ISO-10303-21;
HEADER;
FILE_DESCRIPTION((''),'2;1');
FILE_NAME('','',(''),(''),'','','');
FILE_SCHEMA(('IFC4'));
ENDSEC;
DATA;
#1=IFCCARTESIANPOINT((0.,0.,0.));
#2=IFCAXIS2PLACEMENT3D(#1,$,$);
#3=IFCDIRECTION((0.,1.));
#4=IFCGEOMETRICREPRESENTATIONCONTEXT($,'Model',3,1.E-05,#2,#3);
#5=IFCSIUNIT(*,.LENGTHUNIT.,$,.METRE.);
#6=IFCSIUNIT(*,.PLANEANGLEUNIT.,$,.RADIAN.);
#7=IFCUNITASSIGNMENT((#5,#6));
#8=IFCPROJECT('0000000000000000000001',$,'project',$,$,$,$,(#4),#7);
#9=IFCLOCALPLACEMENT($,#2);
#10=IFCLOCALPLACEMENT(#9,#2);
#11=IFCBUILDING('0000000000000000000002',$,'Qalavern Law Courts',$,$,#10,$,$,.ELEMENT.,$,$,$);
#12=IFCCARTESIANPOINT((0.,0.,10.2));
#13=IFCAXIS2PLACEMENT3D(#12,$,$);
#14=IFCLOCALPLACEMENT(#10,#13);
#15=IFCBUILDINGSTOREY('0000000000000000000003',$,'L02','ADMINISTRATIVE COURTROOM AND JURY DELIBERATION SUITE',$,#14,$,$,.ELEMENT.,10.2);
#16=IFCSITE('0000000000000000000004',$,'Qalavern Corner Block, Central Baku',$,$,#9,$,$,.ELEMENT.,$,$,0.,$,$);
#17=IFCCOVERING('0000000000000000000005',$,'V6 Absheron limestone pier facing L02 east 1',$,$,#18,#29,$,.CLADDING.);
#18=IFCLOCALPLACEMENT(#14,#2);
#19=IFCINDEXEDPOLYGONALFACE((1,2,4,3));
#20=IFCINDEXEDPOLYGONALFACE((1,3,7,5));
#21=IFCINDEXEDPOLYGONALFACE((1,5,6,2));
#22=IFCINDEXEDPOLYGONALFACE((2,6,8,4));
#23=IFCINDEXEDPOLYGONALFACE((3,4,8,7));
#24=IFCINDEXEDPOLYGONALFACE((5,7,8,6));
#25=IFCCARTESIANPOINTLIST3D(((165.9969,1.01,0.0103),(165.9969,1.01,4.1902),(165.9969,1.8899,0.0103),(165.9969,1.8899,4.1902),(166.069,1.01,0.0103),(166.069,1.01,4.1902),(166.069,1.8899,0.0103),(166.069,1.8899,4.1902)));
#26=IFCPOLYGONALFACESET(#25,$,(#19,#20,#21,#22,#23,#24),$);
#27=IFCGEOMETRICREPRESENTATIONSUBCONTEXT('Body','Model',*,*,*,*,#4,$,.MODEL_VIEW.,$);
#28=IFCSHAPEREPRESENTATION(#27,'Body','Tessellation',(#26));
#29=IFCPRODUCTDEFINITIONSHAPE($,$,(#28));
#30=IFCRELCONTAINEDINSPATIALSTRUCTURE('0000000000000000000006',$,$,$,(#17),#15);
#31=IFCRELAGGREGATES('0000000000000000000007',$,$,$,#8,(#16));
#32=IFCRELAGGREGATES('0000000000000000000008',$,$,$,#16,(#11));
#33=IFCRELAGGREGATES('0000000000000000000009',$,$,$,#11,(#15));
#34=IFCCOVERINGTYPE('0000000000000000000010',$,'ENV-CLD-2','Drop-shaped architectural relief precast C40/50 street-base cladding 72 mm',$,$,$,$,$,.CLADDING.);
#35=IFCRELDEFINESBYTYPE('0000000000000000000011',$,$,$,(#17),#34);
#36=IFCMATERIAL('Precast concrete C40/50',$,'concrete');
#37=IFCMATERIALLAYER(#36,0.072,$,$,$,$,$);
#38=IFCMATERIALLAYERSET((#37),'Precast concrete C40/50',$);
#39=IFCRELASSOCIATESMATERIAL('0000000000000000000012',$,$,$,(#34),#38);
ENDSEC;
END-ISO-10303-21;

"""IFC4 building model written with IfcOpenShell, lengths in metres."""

from ifc_helpers import new_model, si_unit, direction, frame, origin, origin_2d, place, context, subcontext, project, spatial, rectangle, extrude, material, layer, layer_set, type_object, element, save


model = new_model("IFC4")

# Units and contexts
model_context = context("Model", 3, precision=1e-05, world=origin(), true_north=direction((0.0, 1.0)))
body_context = subcontext(model_context, "Body", "Model", "MODEL_VIEW")
ifc_project = project(units=[si_unit("LENGTHUNIT", "METRE"), si_unit("PLANEANGLEUNIT", "RADIAN")], contexts=[model_context])

# Site, building, storey
site_placement = place(None, origin())
site = spatial("IfcSite", under=ifc_project, at=site_placement, Name="Qalavern Corner Block, Central Baku", CompositionType="ELEMENT", RefElevation=0.0)
building_placement = place(site_placement, origin())
building = spatial("IfcBuilding", under=site, at=building_placement, Name="Qalavern Law Courts", CompositionType="ELEMENT")
storey_placement = place(building_placement, frame((0.0, 0.0, 10.2)))
storey = spatial("IfcBuildingStorey", under=building, at=storey_placement, Name="L02", Description="ADMINISTRATIVE COURTROOM AND JURY DELIBERATION SUITE", CompositionType="ELEMENT", Elevation=10.2)

# Covering
ifc_material_1 = material(Name="Precast concrete C40/50", Category="concrete")
ifc_layer_1 = layer(ifc_material_1, 0.072)
ifc_layer_set_1 = layer_set([ifc_layer_1], Name="Precast concrete C40/50")
covering_type = type_object("IfcCoveringType", Name="ENV-CLD-2", Description="Drop-shaped architectural relief precast C40/50 street-base cladding 72 mm", PredefinedType="CLADDING", material=ifc_layer_set_1)
covering_1_placement = place(storey_placement, frame((166.033, 1.45, 0.0103), z_axis=(0.0, 0.0, 1.0), x_axis=(0.0, 1.0, 0.0)))
element("IfcCovering", 1, at=covering_1_placement, inside=storey, type_object=covering_type, Name="V6 Absheron limestone pier facing L02 east 1", PredefinedType="CLADDING", context=body_context, shape_type="SweptSolid", body=[
    extrude(rectangle(XDim=0.8799, YDim=0.072, at=origin_2d()), origin(), (0.0, 0.0, 1.0), 4.1799),
])

save(model, "model.ifc")
